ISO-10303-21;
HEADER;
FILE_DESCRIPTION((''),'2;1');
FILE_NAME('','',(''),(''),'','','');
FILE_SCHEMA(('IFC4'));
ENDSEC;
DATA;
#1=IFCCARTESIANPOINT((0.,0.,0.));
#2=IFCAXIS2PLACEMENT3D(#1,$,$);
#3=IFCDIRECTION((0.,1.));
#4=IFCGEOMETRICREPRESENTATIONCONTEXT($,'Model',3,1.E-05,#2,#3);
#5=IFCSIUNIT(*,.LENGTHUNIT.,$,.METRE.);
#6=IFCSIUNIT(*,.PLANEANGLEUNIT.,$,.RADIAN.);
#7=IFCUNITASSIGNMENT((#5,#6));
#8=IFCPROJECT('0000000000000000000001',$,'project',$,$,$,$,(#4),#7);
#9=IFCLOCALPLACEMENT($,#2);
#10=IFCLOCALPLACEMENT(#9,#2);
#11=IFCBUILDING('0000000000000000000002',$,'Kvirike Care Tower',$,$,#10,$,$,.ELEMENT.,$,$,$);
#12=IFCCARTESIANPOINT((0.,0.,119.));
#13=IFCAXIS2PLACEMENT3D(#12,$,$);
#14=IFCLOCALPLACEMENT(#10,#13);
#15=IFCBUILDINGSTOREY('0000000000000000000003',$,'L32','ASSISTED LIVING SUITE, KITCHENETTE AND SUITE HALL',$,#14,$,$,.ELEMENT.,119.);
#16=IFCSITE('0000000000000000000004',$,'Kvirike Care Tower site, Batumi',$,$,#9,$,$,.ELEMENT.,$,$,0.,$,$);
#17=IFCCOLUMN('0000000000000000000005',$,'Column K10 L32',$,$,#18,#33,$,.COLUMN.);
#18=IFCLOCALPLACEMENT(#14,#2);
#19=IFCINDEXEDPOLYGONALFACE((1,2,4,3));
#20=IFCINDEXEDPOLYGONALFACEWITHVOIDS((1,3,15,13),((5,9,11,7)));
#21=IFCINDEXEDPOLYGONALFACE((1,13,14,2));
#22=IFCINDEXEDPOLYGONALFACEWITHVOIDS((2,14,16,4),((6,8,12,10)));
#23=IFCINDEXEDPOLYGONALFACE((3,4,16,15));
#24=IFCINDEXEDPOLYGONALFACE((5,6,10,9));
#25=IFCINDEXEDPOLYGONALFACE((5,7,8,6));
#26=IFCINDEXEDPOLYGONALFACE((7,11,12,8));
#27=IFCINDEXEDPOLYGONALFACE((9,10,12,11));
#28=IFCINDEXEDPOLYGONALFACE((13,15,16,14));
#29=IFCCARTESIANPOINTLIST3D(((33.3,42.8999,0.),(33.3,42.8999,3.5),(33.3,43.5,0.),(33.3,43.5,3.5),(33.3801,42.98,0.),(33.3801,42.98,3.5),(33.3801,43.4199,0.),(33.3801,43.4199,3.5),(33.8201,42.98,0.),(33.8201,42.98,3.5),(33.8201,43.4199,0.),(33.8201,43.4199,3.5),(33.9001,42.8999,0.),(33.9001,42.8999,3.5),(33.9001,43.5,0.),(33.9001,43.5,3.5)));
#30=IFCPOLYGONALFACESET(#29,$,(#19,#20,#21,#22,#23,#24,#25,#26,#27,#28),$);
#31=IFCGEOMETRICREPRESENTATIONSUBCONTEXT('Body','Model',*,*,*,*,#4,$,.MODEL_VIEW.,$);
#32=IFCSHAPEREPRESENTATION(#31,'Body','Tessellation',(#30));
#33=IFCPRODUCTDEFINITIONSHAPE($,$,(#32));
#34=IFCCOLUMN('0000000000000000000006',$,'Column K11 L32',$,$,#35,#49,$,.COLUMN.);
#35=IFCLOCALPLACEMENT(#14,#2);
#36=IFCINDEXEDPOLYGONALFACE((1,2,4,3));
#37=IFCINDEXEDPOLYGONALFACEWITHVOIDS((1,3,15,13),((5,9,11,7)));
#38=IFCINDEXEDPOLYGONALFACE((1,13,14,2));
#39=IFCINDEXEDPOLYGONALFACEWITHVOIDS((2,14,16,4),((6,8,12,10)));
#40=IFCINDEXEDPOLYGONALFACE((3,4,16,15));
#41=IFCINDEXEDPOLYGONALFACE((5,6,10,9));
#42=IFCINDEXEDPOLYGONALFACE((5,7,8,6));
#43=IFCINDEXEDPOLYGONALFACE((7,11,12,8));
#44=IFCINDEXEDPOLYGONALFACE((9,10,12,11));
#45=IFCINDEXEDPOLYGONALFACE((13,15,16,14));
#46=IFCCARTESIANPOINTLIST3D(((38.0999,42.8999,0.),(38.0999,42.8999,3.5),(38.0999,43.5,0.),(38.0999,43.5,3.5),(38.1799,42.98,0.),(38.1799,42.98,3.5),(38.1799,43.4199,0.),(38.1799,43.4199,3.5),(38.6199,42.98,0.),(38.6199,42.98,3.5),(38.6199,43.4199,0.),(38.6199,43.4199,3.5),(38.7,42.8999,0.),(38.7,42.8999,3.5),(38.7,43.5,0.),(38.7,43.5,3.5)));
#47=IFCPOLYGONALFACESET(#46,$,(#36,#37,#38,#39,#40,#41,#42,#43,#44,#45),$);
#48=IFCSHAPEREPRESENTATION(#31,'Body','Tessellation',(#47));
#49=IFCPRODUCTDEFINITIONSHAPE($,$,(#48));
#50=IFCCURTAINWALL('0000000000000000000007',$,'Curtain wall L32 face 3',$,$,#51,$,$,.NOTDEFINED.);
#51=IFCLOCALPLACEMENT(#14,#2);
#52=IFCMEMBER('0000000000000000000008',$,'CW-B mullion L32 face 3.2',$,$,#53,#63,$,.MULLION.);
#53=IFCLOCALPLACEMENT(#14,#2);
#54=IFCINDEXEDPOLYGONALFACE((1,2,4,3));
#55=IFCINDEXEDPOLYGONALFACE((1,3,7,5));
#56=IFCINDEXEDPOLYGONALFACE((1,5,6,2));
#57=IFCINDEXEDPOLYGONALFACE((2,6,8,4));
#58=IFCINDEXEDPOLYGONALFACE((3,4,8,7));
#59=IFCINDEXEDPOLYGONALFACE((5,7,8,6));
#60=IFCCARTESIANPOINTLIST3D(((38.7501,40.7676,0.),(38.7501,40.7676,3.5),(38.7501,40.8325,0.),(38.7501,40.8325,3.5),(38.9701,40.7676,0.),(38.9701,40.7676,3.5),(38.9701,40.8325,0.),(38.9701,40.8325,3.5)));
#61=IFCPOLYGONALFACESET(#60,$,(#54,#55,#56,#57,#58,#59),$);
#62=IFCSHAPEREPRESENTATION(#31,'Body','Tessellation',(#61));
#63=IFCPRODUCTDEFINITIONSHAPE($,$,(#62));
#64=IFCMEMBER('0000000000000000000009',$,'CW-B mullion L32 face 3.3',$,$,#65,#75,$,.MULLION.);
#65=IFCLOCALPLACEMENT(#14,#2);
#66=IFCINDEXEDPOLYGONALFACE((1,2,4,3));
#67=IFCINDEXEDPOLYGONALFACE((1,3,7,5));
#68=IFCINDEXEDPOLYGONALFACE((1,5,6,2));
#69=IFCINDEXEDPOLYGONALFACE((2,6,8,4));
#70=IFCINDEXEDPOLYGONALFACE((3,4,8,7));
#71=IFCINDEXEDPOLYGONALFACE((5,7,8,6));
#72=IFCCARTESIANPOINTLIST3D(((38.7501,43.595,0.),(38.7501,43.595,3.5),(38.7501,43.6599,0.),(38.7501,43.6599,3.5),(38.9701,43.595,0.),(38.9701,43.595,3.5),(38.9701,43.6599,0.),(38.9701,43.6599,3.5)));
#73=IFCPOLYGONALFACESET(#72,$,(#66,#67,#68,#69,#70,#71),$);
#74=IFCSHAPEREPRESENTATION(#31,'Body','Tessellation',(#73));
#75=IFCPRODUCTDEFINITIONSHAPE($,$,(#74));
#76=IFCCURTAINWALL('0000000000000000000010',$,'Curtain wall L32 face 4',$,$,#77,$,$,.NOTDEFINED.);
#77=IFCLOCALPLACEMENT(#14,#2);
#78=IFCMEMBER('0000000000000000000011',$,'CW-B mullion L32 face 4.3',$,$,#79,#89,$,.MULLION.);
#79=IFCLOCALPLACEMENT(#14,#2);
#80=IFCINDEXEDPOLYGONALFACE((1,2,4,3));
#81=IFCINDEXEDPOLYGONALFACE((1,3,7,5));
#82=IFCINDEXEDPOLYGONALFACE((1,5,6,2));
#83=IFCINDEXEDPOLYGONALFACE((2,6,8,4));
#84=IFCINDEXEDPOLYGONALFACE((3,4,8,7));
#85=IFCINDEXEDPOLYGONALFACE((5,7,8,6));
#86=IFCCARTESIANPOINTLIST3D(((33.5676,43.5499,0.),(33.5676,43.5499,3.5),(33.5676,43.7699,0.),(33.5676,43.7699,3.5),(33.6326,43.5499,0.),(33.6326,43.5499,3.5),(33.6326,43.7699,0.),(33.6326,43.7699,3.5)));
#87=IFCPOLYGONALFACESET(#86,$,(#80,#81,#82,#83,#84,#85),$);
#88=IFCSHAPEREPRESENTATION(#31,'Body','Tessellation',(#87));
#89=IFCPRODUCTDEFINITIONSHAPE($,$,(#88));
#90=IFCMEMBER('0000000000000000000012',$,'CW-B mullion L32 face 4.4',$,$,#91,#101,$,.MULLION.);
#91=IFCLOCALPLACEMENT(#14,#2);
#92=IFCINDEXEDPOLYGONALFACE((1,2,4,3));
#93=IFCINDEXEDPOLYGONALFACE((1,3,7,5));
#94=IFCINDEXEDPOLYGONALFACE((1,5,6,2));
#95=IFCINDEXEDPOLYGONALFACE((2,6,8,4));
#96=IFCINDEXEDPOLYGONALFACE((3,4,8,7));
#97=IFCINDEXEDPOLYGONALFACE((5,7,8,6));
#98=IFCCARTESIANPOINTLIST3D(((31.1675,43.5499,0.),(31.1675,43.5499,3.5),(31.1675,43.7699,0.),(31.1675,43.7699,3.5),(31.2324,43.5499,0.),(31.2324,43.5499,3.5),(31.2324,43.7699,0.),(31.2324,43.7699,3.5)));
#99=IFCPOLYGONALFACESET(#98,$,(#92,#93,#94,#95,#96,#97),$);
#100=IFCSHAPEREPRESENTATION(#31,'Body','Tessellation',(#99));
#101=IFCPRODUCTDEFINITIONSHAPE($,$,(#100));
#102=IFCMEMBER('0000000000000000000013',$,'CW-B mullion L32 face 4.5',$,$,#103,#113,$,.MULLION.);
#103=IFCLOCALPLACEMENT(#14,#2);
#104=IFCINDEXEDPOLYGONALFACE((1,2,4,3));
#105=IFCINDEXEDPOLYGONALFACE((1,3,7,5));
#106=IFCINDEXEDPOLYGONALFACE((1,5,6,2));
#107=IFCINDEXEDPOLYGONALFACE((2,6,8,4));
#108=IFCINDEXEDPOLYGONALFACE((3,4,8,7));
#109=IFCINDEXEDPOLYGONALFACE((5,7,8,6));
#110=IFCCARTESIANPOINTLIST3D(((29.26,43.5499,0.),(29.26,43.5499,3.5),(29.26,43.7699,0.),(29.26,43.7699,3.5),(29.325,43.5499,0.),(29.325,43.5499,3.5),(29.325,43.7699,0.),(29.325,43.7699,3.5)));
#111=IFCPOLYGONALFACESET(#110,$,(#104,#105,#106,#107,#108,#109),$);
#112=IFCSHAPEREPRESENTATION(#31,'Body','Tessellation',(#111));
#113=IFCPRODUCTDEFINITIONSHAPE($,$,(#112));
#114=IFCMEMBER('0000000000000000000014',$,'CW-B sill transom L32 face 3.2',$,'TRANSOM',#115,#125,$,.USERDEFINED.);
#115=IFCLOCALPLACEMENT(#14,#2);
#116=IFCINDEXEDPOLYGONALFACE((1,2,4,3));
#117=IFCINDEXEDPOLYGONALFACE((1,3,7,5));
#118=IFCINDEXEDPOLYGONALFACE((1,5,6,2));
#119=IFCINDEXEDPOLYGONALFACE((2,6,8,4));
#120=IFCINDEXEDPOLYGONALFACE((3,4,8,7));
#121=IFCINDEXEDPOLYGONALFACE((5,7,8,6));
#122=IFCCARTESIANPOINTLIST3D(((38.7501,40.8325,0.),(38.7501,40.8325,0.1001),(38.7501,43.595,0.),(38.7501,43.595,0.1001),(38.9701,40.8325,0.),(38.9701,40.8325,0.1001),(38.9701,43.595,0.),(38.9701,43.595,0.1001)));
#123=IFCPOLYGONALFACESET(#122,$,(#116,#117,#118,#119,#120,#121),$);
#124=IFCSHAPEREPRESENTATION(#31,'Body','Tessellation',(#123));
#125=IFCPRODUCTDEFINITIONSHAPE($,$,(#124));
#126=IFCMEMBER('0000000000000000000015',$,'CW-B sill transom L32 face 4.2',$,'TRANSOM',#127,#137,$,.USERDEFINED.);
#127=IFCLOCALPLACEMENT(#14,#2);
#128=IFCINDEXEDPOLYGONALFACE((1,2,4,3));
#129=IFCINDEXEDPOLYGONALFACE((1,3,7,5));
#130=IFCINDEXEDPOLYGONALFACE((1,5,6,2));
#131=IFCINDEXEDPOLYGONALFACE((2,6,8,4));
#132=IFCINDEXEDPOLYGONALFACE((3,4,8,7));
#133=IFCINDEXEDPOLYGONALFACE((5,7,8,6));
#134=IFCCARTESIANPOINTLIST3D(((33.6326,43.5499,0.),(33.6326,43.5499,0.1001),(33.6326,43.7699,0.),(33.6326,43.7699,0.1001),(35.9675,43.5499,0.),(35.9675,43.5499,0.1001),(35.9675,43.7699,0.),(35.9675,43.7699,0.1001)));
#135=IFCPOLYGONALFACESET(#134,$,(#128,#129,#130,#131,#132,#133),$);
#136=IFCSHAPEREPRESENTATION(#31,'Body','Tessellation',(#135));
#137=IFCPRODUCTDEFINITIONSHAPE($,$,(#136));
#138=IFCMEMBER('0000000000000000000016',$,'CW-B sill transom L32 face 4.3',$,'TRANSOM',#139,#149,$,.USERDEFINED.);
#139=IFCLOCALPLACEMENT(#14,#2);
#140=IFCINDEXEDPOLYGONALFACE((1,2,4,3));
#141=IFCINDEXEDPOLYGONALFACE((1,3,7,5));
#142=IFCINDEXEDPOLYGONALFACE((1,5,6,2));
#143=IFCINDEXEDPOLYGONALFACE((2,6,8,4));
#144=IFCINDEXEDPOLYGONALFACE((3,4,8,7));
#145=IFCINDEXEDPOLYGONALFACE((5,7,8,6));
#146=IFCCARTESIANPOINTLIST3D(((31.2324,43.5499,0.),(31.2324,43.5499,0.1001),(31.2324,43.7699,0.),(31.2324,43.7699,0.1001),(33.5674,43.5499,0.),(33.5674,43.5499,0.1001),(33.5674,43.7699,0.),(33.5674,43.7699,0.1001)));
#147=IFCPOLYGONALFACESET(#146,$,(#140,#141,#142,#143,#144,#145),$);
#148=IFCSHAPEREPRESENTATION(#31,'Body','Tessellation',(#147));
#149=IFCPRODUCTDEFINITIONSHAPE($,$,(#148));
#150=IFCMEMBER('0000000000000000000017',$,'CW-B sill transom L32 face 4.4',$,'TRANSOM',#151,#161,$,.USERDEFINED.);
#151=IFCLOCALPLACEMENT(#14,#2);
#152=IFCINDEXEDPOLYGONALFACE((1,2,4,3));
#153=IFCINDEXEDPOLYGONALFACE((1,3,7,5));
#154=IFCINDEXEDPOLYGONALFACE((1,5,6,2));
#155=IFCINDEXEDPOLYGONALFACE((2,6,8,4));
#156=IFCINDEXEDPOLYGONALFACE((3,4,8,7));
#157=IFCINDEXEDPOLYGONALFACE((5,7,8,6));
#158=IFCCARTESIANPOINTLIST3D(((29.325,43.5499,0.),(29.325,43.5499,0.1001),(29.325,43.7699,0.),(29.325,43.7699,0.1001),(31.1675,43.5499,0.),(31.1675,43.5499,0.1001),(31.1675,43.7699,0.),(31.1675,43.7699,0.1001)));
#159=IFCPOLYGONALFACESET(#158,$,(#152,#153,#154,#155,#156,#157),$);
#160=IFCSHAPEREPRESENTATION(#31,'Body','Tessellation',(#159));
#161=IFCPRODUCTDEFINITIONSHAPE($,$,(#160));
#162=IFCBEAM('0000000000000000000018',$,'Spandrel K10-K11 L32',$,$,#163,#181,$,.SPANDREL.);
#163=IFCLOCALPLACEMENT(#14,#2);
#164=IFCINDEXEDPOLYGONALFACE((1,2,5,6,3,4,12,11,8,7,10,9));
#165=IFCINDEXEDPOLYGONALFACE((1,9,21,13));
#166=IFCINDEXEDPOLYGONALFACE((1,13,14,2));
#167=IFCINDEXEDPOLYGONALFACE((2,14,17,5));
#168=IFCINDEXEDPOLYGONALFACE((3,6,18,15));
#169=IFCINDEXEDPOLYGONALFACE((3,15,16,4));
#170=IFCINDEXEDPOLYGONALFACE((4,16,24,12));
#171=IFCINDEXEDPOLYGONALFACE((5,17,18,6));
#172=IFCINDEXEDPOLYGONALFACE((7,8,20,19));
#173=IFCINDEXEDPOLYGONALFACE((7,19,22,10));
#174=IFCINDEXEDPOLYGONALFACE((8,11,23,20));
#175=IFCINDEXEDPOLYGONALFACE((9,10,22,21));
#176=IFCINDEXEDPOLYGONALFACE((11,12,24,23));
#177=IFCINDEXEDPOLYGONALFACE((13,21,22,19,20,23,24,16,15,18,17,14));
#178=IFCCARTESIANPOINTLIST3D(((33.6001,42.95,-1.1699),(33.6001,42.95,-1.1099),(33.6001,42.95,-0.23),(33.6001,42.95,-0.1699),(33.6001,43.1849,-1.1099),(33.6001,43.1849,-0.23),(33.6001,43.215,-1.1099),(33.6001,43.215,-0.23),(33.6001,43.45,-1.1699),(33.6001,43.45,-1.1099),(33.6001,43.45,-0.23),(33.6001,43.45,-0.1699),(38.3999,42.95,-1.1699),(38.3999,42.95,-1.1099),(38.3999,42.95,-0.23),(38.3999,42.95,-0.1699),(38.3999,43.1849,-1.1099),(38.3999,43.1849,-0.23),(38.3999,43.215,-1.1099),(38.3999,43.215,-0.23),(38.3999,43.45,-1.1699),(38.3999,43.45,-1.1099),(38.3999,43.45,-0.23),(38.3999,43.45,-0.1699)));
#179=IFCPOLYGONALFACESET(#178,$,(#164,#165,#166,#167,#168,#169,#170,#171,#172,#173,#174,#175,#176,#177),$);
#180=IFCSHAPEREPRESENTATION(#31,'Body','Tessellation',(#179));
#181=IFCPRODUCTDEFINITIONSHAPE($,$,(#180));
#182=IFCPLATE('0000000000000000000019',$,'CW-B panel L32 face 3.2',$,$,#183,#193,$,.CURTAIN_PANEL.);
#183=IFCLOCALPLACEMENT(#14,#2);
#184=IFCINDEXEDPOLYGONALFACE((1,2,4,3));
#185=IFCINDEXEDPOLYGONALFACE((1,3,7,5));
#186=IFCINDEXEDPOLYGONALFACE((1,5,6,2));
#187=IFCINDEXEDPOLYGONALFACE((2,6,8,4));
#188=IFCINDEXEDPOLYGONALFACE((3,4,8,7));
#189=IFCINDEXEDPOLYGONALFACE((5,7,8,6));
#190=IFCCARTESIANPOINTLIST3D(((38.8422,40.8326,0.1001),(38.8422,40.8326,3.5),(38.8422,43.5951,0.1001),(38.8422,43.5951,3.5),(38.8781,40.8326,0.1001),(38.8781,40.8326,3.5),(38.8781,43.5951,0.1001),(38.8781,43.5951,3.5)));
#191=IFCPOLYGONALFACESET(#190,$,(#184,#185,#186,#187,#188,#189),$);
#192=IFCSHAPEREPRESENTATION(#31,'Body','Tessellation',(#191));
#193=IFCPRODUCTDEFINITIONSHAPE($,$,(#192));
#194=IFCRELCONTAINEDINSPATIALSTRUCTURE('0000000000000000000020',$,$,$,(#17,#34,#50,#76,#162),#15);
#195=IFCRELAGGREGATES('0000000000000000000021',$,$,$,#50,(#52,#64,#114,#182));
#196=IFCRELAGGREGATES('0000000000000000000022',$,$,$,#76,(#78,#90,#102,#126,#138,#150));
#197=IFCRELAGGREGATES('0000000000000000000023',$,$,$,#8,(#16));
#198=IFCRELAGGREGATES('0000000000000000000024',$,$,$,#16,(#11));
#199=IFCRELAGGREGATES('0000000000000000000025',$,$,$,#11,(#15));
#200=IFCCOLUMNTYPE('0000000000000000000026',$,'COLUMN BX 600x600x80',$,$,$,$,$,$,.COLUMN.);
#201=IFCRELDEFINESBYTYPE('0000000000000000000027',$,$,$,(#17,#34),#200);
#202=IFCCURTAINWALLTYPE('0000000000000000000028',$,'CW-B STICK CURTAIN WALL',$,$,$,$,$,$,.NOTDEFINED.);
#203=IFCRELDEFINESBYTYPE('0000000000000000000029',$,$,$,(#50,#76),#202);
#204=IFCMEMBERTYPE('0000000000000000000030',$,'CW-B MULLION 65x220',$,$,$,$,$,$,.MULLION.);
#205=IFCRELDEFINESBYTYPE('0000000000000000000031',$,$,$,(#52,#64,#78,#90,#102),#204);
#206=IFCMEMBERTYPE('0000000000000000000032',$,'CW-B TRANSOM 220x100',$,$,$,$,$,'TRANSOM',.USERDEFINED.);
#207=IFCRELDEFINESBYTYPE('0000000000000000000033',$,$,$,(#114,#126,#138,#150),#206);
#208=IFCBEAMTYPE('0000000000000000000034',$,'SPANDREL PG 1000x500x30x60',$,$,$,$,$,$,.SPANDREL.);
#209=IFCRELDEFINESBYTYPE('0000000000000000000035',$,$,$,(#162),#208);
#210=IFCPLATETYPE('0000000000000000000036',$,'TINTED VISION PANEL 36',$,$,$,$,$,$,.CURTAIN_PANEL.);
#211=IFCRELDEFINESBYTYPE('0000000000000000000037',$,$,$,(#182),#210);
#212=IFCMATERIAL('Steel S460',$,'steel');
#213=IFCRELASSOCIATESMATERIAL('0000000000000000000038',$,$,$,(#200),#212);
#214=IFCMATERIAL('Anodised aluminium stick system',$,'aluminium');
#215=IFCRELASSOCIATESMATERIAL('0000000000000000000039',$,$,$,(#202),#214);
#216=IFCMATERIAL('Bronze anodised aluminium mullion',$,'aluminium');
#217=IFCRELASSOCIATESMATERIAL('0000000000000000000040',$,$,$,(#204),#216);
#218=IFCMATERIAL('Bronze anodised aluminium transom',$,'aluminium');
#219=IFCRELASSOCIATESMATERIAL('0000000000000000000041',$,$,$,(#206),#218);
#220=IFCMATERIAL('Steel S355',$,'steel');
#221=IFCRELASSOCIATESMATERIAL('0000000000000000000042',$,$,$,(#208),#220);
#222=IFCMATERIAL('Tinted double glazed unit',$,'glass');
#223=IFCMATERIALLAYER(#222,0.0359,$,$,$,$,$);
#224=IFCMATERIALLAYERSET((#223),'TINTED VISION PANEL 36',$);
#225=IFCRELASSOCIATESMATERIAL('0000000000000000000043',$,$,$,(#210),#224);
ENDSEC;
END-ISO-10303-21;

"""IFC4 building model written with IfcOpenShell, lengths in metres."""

from ifc_helpers import new_model, si_unit, direction, frame, origin, origin_2d, place, context, subcontext, project, spatial, rectangle, hollow_rectangle, i_section, extrude, material, layer, layer_set, material_profile, profile_set, type_object, element, aggregate, save


model = new_model("IFC4")

# Units and contexts
model_context = context("Model", 3, precision=1e-05, world=origin(), true_north=direction((0.0, 1.0)))
body_context = subcontext(model_context, "Body", "Model", "MODEL_VIEW")
ifc_project = project(units=[si_unit("LENGTHUNIT", "METRE"), si_unit("PLANEANGLEUNIT", "RADIAN")], contexts=[model_context])

# Site, building, storey
site_placement = place(None, origin())
site = spatial("IfcSite", under=ifc_project, at=site_placement, Name="Kvirike Care Tower site, Batumi", CompositionType="ELEMENT", RefElevation=0.0)
building_placement = place(site_placement, origin())
building = spatial("IfcBuilding", under=site, at=building_placement, Name="Kvirike Care Tower", CompositionType="ELEMENT")
storey_placement = place(building_placement, frame((0.0, 0.0, 119.0)))
storey = spatial("IfcBuildingStorey", under=building, at=storey_placement, Name="L32", Description="ASSISTED LIVING SUITE, KITCHENETTE AND SUITE HALL", CompositionType="ELEMENT", Elevation=119.0)

# Columns
ifc_material_1 = material(Name="Steel S460", Category="steel")
ifc_material_profile_1 = material_profile(ifc_material_1, hollow_rectangle(XDim=0.6001, YDim=0.6001, WallThickness=0.0801, at=origin_2d()), Name="BX 600x600x80")
ifc_profile_set_1 = profile_set([ifc_material_profile_1], Name="Steel S460")
column_type = type_object("IfcColumnType", Name="COLUMN BX 600x600x80", PredefinedType="COLUMN", material=ifc_profile_set_1)
for number, where, z_axis, x_axis, name in (
    (1, (33.6001, 43.2, 0.0), (0.0, 0.0, 1.0), (0.0, 1.0, 0.0), "Column K10 L32"),
    (2, (38.3999, 43.2, 0.0), (0.0, 0.0, 1.0), (0.0, 1.0, 0.0), "Column K11 L32"),
):
    element("IfcColumn", number, at=place(storey_placement, frame(where, z_axis=z_axis, x_axis=x_axis)), inside=storey, type_object=column_type, Name=name, PredefinedType="COLUMN", context=body_context, shape_type="SweptSolid", body=[
        extrude(hollow_rectangle(XDim=0.6001, YDim=0.6001, WallThickness=0.0801, at=origin_2d()), origin(), (0.0, 0.0, 1.0), 3.5),
    ])

# Curtain walls, members
ifc_material_2 = material(Name="Anodised aluminium stick system", Category="aluminium")
curtain_wall_type = type_object("IfcCurtainWallType", Name="CW-B STICK CURTAIN WALL", PredefinedType="NOTDEFINED", material=ifc_material_2)
curtain_wall_1_placement = place(storey_placement, origin())
curtain_wall_1 = element("IfcCurtainWall", 3, at=curtain_wall_1_placement, inside=storey, type_object=curtain_wall_type, Name="Curtain wall L32 face 3", PredefinedType="NOTDEFINED")
ifc_material_3 = material(Name="Bronze anodised aluminium mullion", Category="aluminium")
ifc_material_profile_2 = material_profile(ifc_material_3, rectangle(XDim=0.0649, YDim=0.22, at=origin_2d()), Name="CW-B MULLION 65x220")
ifc_profile_set_2 = profile_set([ifc_material_profile_2], Name="Bronze anodised aluminium mullion")
member_type_1 = type_object("IfcMemberType", Name="CW-B MULLION 65x220", PredefinedType="MULLION", material=ifc_profile_set_2)
member_1_placement = place(storey_placement, frame((38.8601, 40.8, 0.0), z_axis=(0.0, 0.0, 1.0), x_axis=(0.0, 1.0, 0.0)))
member_1 = element("IfcMember", 4, at=member_1_placement, type_object=member_type_1, Name="CW-B mullion L32 face 3.2", PredefinedType="MULLION", context=body_context, shape_type="SweptSolid", body=[
    extrude(rectangle(XDim=0.0649, YDim=0.22, at=origin_2d()), origin(), (0.0, 0.0, 1.0), 3.5),
])
member_2_placement = place(storey_placement, frame((38.8601, 43.6274, 0.0), z_axis=(0.0, 0.0, 1.0), x_axis=(0.0, 1.0, 0.0)))
member_2 = element("IfcMember", 5, at=member_2_placement, type_object=member_type_1, Name="CW-B mullion L32 face 3.3", PredefinedType="MULLION", context=body_context, shape_type="SweptSolid", body=[
    extrude(rectangle(XDim=0.0649, YDim=0.22, at=origin_2d()), origin(), (0.0, 0.0, 1.0), 3.5),
])
curtain_wall_2_placement = place(storey_placement, origin())
curtain_wall_2 = element("IfcCurtainWall", 6, at=curtain_wall_2_placement, inside=storey, type_object=curtain_wall_type, Name="Curtain wall L32 face 4", PredefinedType="NOTDEFINED")
member_3_placement = place(storey_placement, frame((33.6001, 43.6599, 0.0), z_axis=(0.0, 0.0, 1.0), x_axis=(-1.0, 0.0, 0.0)))
member_3 = element("IfcMember", 7, at=member_3_placement, type_object=member_type_1, Name="CW-B mullion L32 face 4.3", PredefinedType="MULLION", context=body_context, shape_type="SweptSolid", body=[
    extrude(rectangle(XDim=0.0649, YDim=0.22, at=origin_2d()), origin(), (0.0, 0.0, 1.0), 3.5),
])
member_4_placement = place(storey_placement, frame((31.2, 43.6599, 0.0), z_axis=(0.0, 0.0, 1.0), x_axis=(-1.0, 0.0, 0.0)))
member_4 = element("IfcMember", 8, at=member_4_placement, type_object=member_type_1, Name="CW-B mullion L32 face 4.4", PredefinedType="MULLION", context=body_context, shape_type="SweptSolid", body=[
    extrude(rectangle(XDim=0.0649, YDim=0.22, at=origin_2d()), origin(), (0.0, 0.0, 1.0), 3.5),
])
member_5_placement = place(storey_placement, frame((29.2925, 43.6599, 0.0), z_axis=(0.0, 0.0, 1.0), x_axis=(-1.0, 0.0, 0.0)))
member_5 = element("IfcMember", 9, at=member_5_placement, type_object=member_type_1, Name="CW-B mullion L32 face 4.5", PredefinedType="MULLION", context=body_context, shape_type="SweptSolid", body=[
    extrude(rectangle(XDim=0.0649, YDim=0.22, at=origin_2d()), origin(), (0.0, 0.0, 1.0), 3.5),
])

# Members
ifc_material_4 = material(Name="Bronze anodised aluminium transom", Category="aluminium")
ifc_material_profile_3 = material_profile(ifc_material_4, rectangle(XDim=0.22, YDim=0.1001, at=origin_2d()), Name="CW-B TRANSOM 220x100")
ifc_profile_set_3 = profile_set([ifc_material_profile_3], Name="Bronze anodised aluminium transom")
member_type_2 = type_object("IfcMemberType", Name="CW-B TRANSOM 220x100", ElementType="TRANSOM", PredefinedType="USERDEFINED", material=ifc_profile_set_3)
member_6_placement = place(storey_placement, frame((38.8601, 40.8325, 0.05), z_axis=(0.0, 1.0, 0.0), x_axis=(-1.0, 0.0, 0.0)))
member_6 = element("IfcMember", 10, at=member_6_placement, type_object=member_type_2, Name="CW-B sill transom L32 face 3.2", ObjectType="TRANSOM", PredefinedType="USERDEFINED", context=body_context, shape_type="SweptSolid", body=[
    extrude(rectangle(XDim=0.22, YDim=0.1001, at=origin_2d()), origin(), (0.0, 0.0, 1.0), 2.7625),
])
member_7_placement = place(storey_placement, frame((35.9675, 43.6599, 0.05), z_axis=(-1.0, 0.0, 0.0), x_axis=(0.0, -1.0, 0.0)))
member_7 = element("IfcMember", 11, at=member_7_placement, type_object=member_type_2, Name="CW-B sill transom L32 face 4.2", ObjectType="TRANSOM", PredefinedType="USERDEFINED", context=body_context, shape_type="SweptSolid", body=[
    extrude(rectangle(XDim=0.22, YDim=0.1001, at=origin_2d()), origin(), (0.0, 0.0, 1.0), 2.335),
])
member_8_placement = place(storey_placement, frame((33.5674, 43.6599, 0.05), z_axis=(-1.0, 0.0, 0.0), x_axis=(0.0, -1.0, 0.0)))
member_8 = element("IfcMember", 12, at=member_8_placement, type_object=member_type_2, Name="CW-B sill transom L32 face 4.3", ObjectType="TRANSOM", PredefinedType="USERDEFINED", context=body_context, shape_type="SweptSolid", body=[
    extrude(rectangle(XDim=0.22, YDim=0.1001, at=origin_2d()), origin(), (0.0, 0.0, 1.0), 2.335),
])
member_9_placement = place(storey_placement, frame((31.1675, 43.6599, 0.05), z_axis=(-1.0, 0.0, 0.0), x_axis=(0.0, -1.0, 0.0)))
member_9 = element("IfcMember", 13, at=member_9_placement, type_object=member_type_2, Name="CW-B sill transom L32 face 4.4", ObjectType="TRANSOM", PredefinedType="USERDEFINED", context=body_context, shape_type="SweptSolid", body=[
    extrude(rectangle(XDim=0.22, YDim=0.1001, at=origin_2d()), origin(), (0.0, 0.0, 1.0), 1.8425),
])

# Beam
ifc_material_5 = material(Name="Steel S355", Category="steel")
ifc_material_profile_4 = material_profile(ifc_material_5, i_section(OverallWidth=0.5, OverallDepth=1.0, WebThickness=0.03, FlangeThickness=0.0601, at=origin_2d()), Name="PG 1000x500x30x60")
ifc_profile_set_4 = profile_set([ifc_material_profile_4], Name="Steel S355")
beam_type = type_object("IfcBeamType", Name="SPANDREL PG 1000x500x30x60", PredefinedType="SPANDREL", material=ifc_profile_set_4)
beam_placement = place(storey_placement, frame((33.6001, 43.2, -0.6699), z_axis=(1.0, 0.0, 0.0), x_axis=(0.0, 1.0, 0.0)))
element("IfcBeam", 14, at=beam_placement, inside=storey, type_object=beam_type, Name="Spandrel K10-K11 L32", PredefinedType="SPANDREL", context=body_context, shape_type="SweptSolid", body=[
    extrude(i_section(OverallWidth=0.5, OverallDepth=1.0, WebThickness=0.03, FlangeThickness=0.0601, at=origin_2d()), origin(), (0.0, 0.0, 1.0), 4.7998),
])

# Plate
ifc_material_6 = material(Name="Tinted double glazed unit", Category="glass")
ifc_layer_1 = layer(ifc_material_6, 0.0359)
ifc_layer_set_1 = layer_set([ifc_layer_1], Name="TINTED VISION PANEL 36")
plate_type = type_object("IfcPlateType", Name="TINTED VISION PANEL 36", PredefinedType="CURTAIN_PANEL", material=ifc_layer_set_1)
plate_1_placement = place(storey_placement, frame((38.8601, 42.2139, 0.1001), z_axis=(0.0, 0.0, 1.0), x_axis=(0.0, 1.0, 0.0)))
plate_1 = element("IfcPlate", 15, at=plate_1_placement, type_object=plate_type, Name="CW-B panel L32 face 3.2", PredefinedType="CURTAIN_PANEL", context=body_context, shape_type="SweptSolid", body=[
    extrude(rectangle(XDim=2.7625, YDim=0.0359, at=origin_2d()), origin(), (0.0, 0.0, 1.0), 3.3999),
])
aggregate(curtain_wall_1, [member_1, member_2, member_6, plate_1])
aggregate(curtain_wall_2, [member_3, member_4, member_5, member_7, member_8, member_9])

save(model, "model.ifc")
